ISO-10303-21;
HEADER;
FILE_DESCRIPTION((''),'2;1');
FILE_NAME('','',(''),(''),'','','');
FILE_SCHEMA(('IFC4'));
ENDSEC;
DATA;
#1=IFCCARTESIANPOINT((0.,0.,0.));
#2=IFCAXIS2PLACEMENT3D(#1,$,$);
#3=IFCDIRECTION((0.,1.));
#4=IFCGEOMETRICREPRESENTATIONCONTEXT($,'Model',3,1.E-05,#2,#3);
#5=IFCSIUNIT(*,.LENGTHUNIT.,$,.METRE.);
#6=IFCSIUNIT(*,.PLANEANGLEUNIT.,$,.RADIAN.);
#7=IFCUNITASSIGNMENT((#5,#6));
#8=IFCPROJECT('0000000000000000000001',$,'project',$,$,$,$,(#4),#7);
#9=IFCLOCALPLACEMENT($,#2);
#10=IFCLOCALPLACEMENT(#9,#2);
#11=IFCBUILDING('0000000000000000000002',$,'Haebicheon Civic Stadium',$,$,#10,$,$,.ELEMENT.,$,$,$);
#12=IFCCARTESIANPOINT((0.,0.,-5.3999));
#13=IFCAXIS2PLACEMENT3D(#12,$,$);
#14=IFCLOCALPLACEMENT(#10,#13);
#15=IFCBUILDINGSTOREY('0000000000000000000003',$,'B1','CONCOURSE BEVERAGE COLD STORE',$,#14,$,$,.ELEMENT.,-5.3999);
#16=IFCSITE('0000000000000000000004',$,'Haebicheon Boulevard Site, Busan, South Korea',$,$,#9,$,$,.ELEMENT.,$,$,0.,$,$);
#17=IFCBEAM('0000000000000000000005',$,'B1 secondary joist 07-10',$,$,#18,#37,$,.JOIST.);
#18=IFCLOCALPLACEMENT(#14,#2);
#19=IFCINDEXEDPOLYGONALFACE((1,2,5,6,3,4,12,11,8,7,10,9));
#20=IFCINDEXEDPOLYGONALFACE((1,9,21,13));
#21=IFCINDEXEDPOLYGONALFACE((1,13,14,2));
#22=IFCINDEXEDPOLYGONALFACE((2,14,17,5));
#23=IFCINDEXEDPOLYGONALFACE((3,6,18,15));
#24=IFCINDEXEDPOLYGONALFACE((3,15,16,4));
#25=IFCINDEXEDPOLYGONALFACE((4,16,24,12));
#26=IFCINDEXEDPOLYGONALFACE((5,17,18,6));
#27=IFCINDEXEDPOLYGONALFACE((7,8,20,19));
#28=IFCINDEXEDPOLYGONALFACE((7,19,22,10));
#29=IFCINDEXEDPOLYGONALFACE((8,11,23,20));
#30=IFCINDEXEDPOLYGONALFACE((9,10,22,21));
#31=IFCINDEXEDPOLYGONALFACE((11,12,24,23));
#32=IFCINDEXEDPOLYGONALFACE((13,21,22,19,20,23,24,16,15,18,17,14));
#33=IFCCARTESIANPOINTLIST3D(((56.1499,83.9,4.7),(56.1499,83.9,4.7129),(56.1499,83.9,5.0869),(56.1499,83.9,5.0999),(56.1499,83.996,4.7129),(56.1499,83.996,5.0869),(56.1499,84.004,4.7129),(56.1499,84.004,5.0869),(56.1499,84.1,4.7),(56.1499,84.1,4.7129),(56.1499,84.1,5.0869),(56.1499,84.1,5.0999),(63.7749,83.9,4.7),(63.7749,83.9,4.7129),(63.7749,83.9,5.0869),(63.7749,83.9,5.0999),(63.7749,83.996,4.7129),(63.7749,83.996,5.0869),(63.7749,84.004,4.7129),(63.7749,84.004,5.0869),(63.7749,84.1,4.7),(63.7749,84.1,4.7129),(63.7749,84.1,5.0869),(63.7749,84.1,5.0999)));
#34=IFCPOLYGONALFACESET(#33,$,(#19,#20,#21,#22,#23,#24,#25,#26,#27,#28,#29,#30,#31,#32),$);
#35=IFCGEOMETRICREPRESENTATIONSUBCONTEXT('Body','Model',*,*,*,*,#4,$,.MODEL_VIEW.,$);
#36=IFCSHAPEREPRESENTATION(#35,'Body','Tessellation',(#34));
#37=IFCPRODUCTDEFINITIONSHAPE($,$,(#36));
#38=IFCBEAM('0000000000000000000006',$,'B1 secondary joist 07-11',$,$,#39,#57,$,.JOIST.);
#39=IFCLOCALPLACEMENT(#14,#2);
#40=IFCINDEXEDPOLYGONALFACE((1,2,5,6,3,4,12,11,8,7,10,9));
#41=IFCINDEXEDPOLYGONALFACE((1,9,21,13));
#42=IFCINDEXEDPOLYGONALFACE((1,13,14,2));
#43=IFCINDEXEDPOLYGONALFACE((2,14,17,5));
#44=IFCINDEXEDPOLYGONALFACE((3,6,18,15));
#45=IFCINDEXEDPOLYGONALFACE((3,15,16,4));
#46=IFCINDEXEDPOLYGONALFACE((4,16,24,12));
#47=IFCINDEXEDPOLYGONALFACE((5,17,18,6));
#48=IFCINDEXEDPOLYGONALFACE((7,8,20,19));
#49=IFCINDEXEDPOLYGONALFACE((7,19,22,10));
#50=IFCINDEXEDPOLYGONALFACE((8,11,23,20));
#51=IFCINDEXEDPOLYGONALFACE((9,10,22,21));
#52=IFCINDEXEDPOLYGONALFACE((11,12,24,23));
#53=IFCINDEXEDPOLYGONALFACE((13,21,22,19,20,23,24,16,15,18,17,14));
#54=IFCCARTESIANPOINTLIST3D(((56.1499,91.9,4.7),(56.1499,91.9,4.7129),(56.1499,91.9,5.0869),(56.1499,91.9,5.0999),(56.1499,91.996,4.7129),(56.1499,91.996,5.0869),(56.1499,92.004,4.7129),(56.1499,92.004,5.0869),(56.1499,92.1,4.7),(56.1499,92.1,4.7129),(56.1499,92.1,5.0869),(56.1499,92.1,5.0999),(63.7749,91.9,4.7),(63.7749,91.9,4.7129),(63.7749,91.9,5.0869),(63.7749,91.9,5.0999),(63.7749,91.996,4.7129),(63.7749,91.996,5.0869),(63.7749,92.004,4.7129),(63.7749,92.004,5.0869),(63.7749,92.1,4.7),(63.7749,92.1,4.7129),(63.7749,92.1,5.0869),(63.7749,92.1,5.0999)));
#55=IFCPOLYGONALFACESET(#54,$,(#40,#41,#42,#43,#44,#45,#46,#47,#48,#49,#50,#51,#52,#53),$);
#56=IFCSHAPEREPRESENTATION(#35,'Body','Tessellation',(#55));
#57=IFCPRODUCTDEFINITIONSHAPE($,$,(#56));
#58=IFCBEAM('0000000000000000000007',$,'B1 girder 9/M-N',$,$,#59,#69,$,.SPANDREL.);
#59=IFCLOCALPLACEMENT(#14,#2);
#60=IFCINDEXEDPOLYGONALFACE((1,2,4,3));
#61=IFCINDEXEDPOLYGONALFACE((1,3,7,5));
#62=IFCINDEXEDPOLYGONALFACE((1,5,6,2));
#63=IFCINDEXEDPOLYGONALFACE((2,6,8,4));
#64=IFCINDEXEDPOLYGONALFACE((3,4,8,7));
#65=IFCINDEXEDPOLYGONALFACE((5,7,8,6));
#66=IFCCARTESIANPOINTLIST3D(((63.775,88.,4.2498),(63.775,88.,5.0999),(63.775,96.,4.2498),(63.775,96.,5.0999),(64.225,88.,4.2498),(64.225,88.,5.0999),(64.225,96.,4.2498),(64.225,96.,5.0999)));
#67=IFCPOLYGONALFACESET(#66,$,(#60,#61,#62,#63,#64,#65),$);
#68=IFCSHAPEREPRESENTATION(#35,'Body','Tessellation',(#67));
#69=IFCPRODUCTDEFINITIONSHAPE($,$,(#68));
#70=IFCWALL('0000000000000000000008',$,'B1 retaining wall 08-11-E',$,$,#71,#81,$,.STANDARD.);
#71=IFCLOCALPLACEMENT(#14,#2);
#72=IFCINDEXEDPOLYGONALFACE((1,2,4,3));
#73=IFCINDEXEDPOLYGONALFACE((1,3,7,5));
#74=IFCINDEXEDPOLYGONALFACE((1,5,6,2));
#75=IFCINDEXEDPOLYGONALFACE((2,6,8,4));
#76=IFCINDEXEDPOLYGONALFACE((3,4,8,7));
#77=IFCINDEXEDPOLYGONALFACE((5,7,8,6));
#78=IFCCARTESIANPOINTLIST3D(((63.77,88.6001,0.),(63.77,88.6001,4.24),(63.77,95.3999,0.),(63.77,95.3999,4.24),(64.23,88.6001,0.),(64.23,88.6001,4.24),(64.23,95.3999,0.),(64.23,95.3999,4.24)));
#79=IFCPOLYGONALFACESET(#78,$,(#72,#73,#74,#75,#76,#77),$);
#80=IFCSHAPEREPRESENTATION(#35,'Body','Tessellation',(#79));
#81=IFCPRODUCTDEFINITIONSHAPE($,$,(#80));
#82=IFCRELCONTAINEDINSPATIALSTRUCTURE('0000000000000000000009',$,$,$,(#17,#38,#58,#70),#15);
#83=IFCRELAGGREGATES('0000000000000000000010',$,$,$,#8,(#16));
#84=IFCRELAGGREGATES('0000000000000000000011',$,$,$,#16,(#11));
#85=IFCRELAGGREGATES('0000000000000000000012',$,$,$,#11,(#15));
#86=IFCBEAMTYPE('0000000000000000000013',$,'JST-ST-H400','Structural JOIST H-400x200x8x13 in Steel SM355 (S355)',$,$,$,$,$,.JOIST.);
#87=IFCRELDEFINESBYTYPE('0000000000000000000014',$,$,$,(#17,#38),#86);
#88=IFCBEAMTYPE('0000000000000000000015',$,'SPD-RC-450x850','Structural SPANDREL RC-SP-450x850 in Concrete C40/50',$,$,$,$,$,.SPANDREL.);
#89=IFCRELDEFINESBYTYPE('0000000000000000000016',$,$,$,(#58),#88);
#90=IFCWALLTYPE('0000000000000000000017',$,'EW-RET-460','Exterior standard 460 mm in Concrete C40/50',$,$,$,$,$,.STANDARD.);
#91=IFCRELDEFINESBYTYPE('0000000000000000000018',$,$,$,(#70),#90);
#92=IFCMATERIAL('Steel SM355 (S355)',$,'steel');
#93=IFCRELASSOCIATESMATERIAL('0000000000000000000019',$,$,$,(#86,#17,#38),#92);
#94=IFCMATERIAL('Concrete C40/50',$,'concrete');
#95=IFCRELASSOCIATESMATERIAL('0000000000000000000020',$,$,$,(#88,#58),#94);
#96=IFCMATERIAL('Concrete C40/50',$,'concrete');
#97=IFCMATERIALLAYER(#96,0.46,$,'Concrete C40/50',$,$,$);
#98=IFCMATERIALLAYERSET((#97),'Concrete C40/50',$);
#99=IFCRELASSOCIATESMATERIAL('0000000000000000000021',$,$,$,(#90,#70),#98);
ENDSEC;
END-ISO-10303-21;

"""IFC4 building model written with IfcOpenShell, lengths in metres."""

from ifc_helpers import new_model, si_unit, direction, frame, frame_2d, origin, origin_2d, place, context, subcontext, project, spatial, rectangle, i_section, extrude, material, layer, layer_set, material_profile, profile_set, type_object, element, save


model = new_model("IFC4")

# Units and contexts
model_context = context("Model", 3, precision=1e-05, world=origin(), true_north=direction((0.0, 1.0)))
body_context = subcontext(model_context, "Body", "Model", "MODEL_VIEW")
ifc_project = project(units=[si_unit("LENGTHUNIT", "METRE"), si_unit("PLANEANGLEUNIT", "RADIAN")], contexts=[model_context])

# Site, building, storey
site_placement = place(None, origin())
site = spatial("IfcSite", under=ifc_project, at=site_placement, Name="Haebicheon Boulevard Site, Busan, South Korea", CompositionType="ELEMENT", RefElevation=0.0)
building_placement = place(site_placement, origin())
building = spatial("IfcBuilding", under=site, at=building_placement, Name="Haebicheon Civic Stadium", CompositionType="ELEMENT")
storey_placement = place(building_placement, frame((0.0, 0.0, -5.3999)))
storey = spatial("IfcBuildingStorey", under=building, at=storey_placement, Name="B1", Description="CONCOURSE BEVERAGE COLD STORE", CompositionType="ELEMENT", Elevation=-5.3999)

# Beams
ifc_material_1 = material(Name="Steel SM355 (S355)", Category="steel")
ifc_material_profile_1 = material_profile(ifc_material_1, i_section(OverallWidth=0.2, OverallDepth=0.3999, WebThickness=0.0081, FlangeThickness=0.0129, at=origin_2d()), Name="H-400x200x8x13")
ifc_profile_set_1 = profile_set([ifc_material_profile_1], Name="Steel SM355 (S355)")
beam_type_1 = type_object("IfcBeamType", Name="JST-ST-H400", Description="Structural JOIST H-400x200x8x13 in Steel SM355 (S355)", PredefinedType="JOIST", material=ifc_profile_set_1)
for number, where, z_axis, x_axis, name in (
    (1, (56.1499, 84.0, 4.8999), (1.0, 0.0, 0.0), (0.0, 1.0, 0.0), "B1 secondary joist 07-10"),
    (2, (56.1499, 92.0, 4.8999), (1.0, 0.0, 0.0), (0.0, 1.0, 0.0), "B1 secondary joist 07-11"),
):
    element("IfcBeam", number, at=place(storey_placement, frame(where, z_axis=z_axis, x_axis=x_axis)), inside=storey, type_object=beam_type_1, material=ifc_profile_set_1, Name=name, PredefinedType="JOIST", context=body_context, shape_type="SweptSolid", body=[
        extrude(i_section(OverallWidth=0.2, OverallDepth=0.3999, WebThickness=0.0081, FlangeThickness=0.0129, at=origin_2d()), origin(), (0.0, 0.0, 1.0), 7.625),
    ])
ifc_material_2 = material(Name="Concrete C40/50", Category="concrete")
ifc_material_profile_2 = material_profile(ifc_material_2, rectangle(XDim=0.45, YDim=0.8501, at=origin_2d()), Name="RC-SP-450x850")
ifc_profile_set_2 = profile_set([ifc_material_profile_2], Name="Concrete C40/50")
beam_type_2 = type_object("IfcBeamType", Name="SPD-RC-450x850", Description="Structural SPANDREL RC-SP-450x850 in Concrete C40/50", PredefinedType="SPANDREL", material=ifc_profile_set_2)
beam_placement = place(storey_placement, frame((64.0, 88.0, 4.6748), z_axis=(0.0, 1.0, 0.0), x_axis=(-1.0, 0.0, 0.0)))
element("IfcBeam", 3, at=beam_placement, inside=storey, type_object=beam_type_2, material=ifc_profile_set_2, Name="B1 girder 9/M-N", PredefinedType="SPANDREL", context=body_context, shape_type="SweptSolid", body=[
    extrude(rectangle(XDim=0.45, YDim=0.8501, at=origin_2d()), origin(), (0.0, 0.0, 1.0), 8.0),
])

# Wall
ifc_material_3 = material(Name="Concrete C40/50", Category="concrete")
ifc_layer_1 = layer(ifc_material_3, 0.46, Name="Concrete C40/50")
ifc_layer_set_1 = layer_set([ifc_layer_1], Name="Concrete C40/50")
wall_type = type_object("IfcWallType", Name="EW-RET-460", Description="Exterior standard 460 mm in Concrete C40/50", PredefinedType="STANDARD", material=ifc_layer_set_1)
wall_placement = place(storey_placement, frame((64.0, 88.6001, 0.0), z_axis=(0.0, 0.0, 1.0), x_axis=(0.0, 1.0, 0.0)))
element("IfcWall", 4, at=wall_placement, inside=storey, type_object=wall_type, material=ifc_layer_set_1, Name="B1 retaining wall 08-11-E", PredefinedType="STANDARD", context=body_context, shape_type="SweptSolid", body=[
    extrude(rectangle(XDim=6.7998, YDim=0.46, at=frame_2d((3.3999, 0.0))), origin(), (0.0, 0.0, 1.0), 4.24),
])

save(model, "model.ifc")
